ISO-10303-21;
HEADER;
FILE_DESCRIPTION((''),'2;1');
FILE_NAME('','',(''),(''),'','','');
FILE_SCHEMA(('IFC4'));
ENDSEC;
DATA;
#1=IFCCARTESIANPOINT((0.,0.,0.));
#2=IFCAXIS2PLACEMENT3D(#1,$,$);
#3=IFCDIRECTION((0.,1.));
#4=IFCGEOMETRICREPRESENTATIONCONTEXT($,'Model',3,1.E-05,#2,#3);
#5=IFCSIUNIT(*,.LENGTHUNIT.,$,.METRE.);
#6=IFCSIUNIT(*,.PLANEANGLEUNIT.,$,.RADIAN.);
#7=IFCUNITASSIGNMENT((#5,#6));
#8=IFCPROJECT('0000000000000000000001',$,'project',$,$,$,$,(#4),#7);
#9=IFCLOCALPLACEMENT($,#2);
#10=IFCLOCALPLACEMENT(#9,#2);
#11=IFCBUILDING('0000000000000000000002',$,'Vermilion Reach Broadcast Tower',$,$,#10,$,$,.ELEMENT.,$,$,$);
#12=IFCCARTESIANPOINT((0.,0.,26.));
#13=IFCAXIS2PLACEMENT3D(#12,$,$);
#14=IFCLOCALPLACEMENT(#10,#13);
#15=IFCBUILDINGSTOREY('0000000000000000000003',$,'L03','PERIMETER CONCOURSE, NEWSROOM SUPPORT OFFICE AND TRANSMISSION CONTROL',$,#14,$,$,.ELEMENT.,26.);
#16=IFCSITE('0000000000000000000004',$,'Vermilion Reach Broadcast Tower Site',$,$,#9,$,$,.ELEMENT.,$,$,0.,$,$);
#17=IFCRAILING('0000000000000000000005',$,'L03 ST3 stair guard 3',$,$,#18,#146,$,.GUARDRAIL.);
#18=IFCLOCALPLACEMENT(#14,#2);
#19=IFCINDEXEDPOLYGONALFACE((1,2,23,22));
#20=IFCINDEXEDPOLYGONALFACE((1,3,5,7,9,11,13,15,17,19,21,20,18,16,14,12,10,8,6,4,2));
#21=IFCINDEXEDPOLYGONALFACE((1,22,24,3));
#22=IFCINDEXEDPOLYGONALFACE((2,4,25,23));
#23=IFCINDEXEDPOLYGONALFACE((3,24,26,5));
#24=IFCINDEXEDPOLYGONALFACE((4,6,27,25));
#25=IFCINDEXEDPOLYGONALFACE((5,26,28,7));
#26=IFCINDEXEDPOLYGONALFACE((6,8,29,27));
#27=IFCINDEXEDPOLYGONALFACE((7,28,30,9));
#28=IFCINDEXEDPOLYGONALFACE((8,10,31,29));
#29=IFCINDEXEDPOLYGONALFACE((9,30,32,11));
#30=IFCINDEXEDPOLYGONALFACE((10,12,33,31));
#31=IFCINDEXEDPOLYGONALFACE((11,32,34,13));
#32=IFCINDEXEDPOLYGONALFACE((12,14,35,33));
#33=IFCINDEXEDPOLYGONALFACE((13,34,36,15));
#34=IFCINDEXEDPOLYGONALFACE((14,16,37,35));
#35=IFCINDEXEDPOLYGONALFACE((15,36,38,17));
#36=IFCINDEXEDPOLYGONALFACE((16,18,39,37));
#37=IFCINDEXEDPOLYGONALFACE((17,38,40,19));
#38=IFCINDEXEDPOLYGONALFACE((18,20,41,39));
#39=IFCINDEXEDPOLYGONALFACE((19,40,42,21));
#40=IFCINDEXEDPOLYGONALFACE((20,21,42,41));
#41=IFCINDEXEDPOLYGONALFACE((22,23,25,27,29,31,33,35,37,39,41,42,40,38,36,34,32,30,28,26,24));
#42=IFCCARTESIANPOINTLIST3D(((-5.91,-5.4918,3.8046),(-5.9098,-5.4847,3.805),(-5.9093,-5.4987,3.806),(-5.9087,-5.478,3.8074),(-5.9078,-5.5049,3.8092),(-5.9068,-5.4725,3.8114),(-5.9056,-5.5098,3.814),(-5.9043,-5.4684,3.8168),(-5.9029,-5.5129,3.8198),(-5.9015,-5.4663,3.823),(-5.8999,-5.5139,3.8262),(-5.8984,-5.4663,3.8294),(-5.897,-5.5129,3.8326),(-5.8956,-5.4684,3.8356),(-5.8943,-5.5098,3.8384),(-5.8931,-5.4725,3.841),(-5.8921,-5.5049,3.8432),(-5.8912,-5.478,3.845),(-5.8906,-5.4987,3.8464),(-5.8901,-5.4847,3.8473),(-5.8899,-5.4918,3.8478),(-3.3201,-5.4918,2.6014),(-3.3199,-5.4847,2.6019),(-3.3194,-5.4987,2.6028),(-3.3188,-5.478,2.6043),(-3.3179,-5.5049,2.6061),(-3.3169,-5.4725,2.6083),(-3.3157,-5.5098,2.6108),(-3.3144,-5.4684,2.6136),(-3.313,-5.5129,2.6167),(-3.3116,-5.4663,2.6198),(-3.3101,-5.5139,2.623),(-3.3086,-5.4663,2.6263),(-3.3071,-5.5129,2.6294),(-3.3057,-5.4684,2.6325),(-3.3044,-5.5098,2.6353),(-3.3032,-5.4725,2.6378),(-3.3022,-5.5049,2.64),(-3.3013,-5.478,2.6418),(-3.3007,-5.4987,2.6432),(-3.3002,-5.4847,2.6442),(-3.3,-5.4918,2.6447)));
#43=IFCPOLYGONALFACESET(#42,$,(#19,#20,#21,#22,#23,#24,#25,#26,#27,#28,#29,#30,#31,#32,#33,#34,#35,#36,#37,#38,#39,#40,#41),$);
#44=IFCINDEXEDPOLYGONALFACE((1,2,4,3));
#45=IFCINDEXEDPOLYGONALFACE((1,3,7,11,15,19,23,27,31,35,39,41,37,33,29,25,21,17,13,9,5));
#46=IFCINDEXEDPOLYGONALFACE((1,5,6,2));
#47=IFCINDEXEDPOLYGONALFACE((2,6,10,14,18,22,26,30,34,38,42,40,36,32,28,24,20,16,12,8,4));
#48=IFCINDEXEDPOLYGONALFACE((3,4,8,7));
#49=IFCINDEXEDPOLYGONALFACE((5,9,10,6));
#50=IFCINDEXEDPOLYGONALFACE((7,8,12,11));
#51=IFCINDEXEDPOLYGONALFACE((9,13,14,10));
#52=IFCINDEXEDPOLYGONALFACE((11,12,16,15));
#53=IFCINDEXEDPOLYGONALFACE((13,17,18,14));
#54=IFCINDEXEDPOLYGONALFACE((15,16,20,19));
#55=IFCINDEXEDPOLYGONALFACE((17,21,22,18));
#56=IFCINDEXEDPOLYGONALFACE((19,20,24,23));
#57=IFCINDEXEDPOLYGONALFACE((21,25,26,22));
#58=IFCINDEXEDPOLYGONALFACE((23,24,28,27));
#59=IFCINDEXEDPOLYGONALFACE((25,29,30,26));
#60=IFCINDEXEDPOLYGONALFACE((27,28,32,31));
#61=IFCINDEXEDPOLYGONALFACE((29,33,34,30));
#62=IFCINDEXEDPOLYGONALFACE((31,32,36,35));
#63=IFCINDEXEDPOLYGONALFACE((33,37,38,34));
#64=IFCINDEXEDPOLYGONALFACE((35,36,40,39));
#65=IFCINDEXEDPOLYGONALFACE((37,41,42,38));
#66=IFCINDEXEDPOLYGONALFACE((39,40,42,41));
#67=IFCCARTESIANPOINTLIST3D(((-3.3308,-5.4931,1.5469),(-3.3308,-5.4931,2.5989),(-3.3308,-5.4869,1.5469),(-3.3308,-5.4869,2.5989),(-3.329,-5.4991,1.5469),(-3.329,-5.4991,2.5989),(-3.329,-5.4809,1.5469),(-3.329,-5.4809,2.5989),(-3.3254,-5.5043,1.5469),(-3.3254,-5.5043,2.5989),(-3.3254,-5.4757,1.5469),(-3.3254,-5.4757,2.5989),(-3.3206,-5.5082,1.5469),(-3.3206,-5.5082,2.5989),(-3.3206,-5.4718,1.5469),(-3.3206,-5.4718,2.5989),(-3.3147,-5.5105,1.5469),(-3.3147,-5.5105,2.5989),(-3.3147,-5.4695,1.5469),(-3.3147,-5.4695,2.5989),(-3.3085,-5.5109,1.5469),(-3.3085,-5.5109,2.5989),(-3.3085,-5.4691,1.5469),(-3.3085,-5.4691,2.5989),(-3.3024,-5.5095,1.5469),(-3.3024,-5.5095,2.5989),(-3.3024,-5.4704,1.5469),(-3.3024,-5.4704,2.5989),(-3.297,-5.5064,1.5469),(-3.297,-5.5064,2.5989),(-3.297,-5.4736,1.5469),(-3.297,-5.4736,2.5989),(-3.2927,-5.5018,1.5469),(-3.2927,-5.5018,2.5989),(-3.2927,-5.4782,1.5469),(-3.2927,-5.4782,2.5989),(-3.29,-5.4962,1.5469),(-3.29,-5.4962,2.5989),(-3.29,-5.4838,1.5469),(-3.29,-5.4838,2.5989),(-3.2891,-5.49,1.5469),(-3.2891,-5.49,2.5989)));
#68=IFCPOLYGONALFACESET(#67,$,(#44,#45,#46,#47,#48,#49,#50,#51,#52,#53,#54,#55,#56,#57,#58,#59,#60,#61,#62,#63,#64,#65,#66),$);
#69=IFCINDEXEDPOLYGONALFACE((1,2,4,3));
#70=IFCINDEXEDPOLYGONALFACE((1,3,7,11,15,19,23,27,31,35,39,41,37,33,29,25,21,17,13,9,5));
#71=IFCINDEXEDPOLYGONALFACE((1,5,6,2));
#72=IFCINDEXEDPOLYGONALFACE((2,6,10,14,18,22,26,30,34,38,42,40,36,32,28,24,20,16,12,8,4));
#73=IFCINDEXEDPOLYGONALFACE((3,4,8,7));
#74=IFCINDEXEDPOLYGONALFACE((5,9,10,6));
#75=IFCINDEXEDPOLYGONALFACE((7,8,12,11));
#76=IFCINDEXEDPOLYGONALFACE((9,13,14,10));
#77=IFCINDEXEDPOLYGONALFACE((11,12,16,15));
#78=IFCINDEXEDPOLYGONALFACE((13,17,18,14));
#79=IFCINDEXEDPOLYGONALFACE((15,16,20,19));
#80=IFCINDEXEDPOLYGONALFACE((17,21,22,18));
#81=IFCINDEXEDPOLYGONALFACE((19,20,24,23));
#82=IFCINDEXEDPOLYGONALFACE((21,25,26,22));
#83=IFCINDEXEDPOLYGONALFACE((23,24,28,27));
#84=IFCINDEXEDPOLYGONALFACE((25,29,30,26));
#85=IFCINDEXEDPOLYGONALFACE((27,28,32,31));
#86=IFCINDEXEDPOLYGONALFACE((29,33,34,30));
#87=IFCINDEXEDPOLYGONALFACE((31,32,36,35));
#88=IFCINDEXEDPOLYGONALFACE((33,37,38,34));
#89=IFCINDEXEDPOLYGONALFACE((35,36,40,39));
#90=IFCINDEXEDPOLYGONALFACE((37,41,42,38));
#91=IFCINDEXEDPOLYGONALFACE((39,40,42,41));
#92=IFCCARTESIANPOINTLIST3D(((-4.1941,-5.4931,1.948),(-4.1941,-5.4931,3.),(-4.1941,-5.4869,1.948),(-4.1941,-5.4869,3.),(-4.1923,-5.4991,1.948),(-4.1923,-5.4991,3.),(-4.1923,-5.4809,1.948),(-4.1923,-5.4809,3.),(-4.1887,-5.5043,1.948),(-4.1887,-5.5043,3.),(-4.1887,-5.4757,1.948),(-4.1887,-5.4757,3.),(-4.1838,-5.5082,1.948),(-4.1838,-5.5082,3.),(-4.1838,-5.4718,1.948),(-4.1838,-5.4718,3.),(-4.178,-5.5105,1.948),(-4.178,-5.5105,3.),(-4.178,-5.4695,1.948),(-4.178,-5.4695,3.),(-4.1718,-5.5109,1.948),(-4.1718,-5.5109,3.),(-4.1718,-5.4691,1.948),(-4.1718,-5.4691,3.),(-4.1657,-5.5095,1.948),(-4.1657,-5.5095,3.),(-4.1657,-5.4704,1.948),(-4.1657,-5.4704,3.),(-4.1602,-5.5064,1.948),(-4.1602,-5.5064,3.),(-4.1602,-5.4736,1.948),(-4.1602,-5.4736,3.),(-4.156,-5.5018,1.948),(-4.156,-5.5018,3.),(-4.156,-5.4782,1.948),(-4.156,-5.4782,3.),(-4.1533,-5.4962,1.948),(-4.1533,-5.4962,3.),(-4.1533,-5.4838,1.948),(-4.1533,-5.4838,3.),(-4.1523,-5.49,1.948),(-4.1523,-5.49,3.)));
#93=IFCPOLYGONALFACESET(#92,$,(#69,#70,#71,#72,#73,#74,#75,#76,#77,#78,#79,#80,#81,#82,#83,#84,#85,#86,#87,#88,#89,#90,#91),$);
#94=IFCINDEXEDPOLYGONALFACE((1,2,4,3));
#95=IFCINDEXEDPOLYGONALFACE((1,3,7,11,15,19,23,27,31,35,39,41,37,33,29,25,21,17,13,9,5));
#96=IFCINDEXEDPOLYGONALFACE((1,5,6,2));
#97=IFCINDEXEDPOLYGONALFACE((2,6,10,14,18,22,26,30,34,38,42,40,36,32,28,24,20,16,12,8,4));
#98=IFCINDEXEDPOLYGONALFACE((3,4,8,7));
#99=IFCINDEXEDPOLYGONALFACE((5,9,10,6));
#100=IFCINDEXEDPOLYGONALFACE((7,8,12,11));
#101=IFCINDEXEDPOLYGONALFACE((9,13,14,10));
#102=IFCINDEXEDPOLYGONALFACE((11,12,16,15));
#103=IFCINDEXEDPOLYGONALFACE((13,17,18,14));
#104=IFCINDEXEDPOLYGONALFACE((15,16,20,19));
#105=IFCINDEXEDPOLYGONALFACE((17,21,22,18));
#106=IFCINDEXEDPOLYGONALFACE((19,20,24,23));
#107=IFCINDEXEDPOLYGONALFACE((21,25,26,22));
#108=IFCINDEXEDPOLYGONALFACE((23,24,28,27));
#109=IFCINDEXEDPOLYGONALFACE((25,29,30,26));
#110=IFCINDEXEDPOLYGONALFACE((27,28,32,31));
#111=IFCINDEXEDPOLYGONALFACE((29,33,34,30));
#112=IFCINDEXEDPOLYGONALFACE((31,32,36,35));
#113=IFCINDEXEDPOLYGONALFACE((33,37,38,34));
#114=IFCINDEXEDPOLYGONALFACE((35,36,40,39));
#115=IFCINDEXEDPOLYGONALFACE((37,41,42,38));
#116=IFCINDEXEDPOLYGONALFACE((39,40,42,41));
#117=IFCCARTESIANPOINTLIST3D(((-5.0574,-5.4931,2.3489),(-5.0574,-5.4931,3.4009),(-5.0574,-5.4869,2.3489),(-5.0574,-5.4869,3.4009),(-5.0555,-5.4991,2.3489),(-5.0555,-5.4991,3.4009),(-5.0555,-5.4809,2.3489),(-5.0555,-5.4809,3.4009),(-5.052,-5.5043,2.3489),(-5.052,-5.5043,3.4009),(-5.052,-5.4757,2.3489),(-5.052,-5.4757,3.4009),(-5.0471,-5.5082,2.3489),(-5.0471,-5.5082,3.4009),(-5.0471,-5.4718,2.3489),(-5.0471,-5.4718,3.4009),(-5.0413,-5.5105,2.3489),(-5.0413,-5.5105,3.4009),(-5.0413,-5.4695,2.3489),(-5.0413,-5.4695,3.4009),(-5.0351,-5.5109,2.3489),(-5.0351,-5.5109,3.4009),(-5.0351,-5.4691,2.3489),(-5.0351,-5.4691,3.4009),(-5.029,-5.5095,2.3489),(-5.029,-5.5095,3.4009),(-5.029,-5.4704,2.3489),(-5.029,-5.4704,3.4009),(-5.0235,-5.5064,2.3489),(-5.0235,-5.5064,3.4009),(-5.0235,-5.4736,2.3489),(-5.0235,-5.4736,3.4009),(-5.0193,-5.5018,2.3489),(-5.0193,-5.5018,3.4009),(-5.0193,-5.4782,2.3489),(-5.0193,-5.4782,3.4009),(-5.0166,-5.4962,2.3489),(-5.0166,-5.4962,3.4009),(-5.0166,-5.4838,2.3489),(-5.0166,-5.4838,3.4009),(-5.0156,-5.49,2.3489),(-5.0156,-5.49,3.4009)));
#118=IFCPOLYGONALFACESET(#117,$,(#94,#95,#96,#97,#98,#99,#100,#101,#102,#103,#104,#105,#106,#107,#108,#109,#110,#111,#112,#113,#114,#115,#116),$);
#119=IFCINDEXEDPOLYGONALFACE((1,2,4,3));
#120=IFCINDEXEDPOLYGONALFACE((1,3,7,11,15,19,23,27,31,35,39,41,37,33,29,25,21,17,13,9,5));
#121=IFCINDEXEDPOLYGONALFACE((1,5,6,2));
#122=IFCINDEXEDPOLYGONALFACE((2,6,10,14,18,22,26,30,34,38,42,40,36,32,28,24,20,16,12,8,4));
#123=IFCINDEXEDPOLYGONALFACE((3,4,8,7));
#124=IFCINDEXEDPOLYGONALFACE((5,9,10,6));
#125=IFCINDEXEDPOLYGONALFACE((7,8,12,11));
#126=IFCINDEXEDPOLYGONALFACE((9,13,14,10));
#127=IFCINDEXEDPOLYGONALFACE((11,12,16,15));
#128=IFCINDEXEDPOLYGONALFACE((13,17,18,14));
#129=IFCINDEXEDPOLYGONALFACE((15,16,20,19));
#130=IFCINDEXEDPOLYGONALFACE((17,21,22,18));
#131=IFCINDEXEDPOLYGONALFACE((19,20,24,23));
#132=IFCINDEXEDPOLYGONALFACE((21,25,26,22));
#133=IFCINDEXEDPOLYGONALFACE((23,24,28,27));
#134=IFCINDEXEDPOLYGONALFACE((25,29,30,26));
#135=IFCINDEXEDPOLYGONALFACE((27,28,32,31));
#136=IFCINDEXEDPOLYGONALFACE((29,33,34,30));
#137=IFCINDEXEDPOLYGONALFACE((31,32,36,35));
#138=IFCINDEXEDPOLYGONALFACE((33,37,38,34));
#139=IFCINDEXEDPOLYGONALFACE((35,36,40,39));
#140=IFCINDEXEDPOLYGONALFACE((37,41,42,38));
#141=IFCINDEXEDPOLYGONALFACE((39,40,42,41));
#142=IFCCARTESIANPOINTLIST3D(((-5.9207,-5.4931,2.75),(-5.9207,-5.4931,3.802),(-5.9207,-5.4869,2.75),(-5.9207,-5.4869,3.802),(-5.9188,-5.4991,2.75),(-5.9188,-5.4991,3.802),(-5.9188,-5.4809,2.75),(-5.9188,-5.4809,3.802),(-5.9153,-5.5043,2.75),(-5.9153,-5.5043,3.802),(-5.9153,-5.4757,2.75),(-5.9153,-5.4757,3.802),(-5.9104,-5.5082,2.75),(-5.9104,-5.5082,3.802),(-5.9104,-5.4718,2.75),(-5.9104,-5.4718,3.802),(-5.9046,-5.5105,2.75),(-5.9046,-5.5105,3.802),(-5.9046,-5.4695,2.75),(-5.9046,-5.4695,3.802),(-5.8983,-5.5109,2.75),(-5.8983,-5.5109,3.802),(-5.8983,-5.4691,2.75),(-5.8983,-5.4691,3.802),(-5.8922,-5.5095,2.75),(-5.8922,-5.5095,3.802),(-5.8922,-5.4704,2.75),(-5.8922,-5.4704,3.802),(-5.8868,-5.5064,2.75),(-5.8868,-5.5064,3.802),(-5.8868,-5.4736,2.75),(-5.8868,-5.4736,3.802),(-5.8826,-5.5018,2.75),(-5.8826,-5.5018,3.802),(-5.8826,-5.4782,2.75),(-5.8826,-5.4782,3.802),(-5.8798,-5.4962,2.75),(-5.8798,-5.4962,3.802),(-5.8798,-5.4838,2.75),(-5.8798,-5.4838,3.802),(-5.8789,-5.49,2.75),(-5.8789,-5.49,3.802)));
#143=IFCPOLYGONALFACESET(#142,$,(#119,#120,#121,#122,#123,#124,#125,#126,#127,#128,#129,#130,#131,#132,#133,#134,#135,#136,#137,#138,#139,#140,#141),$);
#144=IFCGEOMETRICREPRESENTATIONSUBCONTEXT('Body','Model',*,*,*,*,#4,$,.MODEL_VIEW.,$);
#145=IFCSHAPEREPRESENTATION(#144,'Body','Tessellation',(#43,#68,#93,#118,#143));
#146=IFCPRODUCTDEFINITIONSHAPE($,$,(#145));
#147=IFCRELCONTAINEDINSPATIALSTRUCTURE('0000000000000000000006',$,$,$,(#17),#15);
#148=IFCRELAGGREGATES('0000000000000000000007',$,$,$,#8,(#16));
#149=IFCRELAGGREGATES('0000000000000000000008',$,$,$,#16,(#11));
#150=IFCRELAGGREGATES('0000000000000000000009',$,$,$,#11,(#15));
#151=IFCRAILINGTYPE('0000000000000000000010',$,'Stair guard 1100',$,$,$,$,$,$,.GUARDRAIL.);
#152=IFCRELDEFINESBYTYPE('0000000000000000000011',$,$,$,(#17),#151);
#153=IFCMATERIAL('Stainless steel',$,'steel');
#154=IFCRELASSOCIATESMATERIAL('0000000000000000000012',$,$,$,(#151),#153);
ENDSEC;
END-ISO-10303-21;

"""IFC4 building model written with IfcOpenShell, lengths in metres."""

from ifc_helpers import new_model, si_unit, direction, frame, origin, origin_2d, place, context, subcontext, project, spatial, circle, extrude, material, type_object, element, save


model = new_model("IFC4")

# Units and contexts
model_context = context("Model", 3, precision=1e-05, world=origin(), true_north=direction((0.0, 1.0)))
body_context = subcontext(model_context, "Body", "Model", "MODEL_VIEW")
ifc_project = project(units=[si_unit("LENGTHUNIT", "METRE"), si_unit("PLANEANGLEUNIT", "RADIAN")], contexts=[model_context])

# Site, building, storey
site_placement = place(None, origin())
site = spatial("IfcSite", under=ifc_project, at=site_placement, Name="Vermilion Reach Broadcast Tower Site", CompositionType="ELEMENT", RefElevation=0.0)
building_placement = place(site_placement, origin())
building = spatial("IfcBuilding", under=site, at=building_placement, Name="Vermilion Reach Broadcast Tower", CompositionType="ELEMENT")
storey_placement = place(building_placement, frame((0.0, 0.0, 26.0)))
storey = spatial("IfcBuildingStorey", under=building, at=storey_placement, Name="L03", Description="PERIMETER CONCOURSE, NEWSROOM SUPPORT OFFICE AND TRANSMISSION CONTROL", CompositionType="ELEMENT", Elevation=26.0)

# Railing
ifc_material_1 = material(Name="Stainless steel", Category="steel")
railing_type_1 = type_object("IfcRailingType", Name="Stair guard 1100", PredefinedType="GUARDRAIL", material=ifc_material_1)
railing_1_placement = place(storey_placement, frame((-3.3101, -5.49, 1.5469)))
element("IfcRailing", 1, at=railing_1_placement, inside=storey, type_object=railing_type_1, Name="L03 ST3 stair guard 3", PredefinedType="GUARDRAIL", context=body_context, shape_type="SweptSolid", body=[
    extrude(circle(Radius=0.0239, at=origin_2d()), frame((0.0, 0.0, 1.0762), z_axis=(-0.906916, 0.0, 0.421312), x_axis=(0.0, -1.0, 0.0)), (0.0, 0.0, 1.0), 2.8557),
    extrude(circle(Radius=0.021, at=origin_2d()), origin(), (0.0, 0.0, 1.0), 1.052),
    extrude(circle(Radius=0.021, at=origin_2d()), frame((-0.8633, 0.0, 0.4011)), (0.0, 0.0, 1.0), 1.052),
    extrude(circle(Radius=0.021, at=origin_2d()), frame((-1.7266, 0.0, 0.802)), (0.0, 0.0, 1.0), 1.052),
    extrude(circle(Radius=0.021, at=origin_2d()), frame((-2.5898, 0.0, 1.2031)), (0.0, 0.0, 1.0), 1.052),
])

save(model, "model.ifc")
